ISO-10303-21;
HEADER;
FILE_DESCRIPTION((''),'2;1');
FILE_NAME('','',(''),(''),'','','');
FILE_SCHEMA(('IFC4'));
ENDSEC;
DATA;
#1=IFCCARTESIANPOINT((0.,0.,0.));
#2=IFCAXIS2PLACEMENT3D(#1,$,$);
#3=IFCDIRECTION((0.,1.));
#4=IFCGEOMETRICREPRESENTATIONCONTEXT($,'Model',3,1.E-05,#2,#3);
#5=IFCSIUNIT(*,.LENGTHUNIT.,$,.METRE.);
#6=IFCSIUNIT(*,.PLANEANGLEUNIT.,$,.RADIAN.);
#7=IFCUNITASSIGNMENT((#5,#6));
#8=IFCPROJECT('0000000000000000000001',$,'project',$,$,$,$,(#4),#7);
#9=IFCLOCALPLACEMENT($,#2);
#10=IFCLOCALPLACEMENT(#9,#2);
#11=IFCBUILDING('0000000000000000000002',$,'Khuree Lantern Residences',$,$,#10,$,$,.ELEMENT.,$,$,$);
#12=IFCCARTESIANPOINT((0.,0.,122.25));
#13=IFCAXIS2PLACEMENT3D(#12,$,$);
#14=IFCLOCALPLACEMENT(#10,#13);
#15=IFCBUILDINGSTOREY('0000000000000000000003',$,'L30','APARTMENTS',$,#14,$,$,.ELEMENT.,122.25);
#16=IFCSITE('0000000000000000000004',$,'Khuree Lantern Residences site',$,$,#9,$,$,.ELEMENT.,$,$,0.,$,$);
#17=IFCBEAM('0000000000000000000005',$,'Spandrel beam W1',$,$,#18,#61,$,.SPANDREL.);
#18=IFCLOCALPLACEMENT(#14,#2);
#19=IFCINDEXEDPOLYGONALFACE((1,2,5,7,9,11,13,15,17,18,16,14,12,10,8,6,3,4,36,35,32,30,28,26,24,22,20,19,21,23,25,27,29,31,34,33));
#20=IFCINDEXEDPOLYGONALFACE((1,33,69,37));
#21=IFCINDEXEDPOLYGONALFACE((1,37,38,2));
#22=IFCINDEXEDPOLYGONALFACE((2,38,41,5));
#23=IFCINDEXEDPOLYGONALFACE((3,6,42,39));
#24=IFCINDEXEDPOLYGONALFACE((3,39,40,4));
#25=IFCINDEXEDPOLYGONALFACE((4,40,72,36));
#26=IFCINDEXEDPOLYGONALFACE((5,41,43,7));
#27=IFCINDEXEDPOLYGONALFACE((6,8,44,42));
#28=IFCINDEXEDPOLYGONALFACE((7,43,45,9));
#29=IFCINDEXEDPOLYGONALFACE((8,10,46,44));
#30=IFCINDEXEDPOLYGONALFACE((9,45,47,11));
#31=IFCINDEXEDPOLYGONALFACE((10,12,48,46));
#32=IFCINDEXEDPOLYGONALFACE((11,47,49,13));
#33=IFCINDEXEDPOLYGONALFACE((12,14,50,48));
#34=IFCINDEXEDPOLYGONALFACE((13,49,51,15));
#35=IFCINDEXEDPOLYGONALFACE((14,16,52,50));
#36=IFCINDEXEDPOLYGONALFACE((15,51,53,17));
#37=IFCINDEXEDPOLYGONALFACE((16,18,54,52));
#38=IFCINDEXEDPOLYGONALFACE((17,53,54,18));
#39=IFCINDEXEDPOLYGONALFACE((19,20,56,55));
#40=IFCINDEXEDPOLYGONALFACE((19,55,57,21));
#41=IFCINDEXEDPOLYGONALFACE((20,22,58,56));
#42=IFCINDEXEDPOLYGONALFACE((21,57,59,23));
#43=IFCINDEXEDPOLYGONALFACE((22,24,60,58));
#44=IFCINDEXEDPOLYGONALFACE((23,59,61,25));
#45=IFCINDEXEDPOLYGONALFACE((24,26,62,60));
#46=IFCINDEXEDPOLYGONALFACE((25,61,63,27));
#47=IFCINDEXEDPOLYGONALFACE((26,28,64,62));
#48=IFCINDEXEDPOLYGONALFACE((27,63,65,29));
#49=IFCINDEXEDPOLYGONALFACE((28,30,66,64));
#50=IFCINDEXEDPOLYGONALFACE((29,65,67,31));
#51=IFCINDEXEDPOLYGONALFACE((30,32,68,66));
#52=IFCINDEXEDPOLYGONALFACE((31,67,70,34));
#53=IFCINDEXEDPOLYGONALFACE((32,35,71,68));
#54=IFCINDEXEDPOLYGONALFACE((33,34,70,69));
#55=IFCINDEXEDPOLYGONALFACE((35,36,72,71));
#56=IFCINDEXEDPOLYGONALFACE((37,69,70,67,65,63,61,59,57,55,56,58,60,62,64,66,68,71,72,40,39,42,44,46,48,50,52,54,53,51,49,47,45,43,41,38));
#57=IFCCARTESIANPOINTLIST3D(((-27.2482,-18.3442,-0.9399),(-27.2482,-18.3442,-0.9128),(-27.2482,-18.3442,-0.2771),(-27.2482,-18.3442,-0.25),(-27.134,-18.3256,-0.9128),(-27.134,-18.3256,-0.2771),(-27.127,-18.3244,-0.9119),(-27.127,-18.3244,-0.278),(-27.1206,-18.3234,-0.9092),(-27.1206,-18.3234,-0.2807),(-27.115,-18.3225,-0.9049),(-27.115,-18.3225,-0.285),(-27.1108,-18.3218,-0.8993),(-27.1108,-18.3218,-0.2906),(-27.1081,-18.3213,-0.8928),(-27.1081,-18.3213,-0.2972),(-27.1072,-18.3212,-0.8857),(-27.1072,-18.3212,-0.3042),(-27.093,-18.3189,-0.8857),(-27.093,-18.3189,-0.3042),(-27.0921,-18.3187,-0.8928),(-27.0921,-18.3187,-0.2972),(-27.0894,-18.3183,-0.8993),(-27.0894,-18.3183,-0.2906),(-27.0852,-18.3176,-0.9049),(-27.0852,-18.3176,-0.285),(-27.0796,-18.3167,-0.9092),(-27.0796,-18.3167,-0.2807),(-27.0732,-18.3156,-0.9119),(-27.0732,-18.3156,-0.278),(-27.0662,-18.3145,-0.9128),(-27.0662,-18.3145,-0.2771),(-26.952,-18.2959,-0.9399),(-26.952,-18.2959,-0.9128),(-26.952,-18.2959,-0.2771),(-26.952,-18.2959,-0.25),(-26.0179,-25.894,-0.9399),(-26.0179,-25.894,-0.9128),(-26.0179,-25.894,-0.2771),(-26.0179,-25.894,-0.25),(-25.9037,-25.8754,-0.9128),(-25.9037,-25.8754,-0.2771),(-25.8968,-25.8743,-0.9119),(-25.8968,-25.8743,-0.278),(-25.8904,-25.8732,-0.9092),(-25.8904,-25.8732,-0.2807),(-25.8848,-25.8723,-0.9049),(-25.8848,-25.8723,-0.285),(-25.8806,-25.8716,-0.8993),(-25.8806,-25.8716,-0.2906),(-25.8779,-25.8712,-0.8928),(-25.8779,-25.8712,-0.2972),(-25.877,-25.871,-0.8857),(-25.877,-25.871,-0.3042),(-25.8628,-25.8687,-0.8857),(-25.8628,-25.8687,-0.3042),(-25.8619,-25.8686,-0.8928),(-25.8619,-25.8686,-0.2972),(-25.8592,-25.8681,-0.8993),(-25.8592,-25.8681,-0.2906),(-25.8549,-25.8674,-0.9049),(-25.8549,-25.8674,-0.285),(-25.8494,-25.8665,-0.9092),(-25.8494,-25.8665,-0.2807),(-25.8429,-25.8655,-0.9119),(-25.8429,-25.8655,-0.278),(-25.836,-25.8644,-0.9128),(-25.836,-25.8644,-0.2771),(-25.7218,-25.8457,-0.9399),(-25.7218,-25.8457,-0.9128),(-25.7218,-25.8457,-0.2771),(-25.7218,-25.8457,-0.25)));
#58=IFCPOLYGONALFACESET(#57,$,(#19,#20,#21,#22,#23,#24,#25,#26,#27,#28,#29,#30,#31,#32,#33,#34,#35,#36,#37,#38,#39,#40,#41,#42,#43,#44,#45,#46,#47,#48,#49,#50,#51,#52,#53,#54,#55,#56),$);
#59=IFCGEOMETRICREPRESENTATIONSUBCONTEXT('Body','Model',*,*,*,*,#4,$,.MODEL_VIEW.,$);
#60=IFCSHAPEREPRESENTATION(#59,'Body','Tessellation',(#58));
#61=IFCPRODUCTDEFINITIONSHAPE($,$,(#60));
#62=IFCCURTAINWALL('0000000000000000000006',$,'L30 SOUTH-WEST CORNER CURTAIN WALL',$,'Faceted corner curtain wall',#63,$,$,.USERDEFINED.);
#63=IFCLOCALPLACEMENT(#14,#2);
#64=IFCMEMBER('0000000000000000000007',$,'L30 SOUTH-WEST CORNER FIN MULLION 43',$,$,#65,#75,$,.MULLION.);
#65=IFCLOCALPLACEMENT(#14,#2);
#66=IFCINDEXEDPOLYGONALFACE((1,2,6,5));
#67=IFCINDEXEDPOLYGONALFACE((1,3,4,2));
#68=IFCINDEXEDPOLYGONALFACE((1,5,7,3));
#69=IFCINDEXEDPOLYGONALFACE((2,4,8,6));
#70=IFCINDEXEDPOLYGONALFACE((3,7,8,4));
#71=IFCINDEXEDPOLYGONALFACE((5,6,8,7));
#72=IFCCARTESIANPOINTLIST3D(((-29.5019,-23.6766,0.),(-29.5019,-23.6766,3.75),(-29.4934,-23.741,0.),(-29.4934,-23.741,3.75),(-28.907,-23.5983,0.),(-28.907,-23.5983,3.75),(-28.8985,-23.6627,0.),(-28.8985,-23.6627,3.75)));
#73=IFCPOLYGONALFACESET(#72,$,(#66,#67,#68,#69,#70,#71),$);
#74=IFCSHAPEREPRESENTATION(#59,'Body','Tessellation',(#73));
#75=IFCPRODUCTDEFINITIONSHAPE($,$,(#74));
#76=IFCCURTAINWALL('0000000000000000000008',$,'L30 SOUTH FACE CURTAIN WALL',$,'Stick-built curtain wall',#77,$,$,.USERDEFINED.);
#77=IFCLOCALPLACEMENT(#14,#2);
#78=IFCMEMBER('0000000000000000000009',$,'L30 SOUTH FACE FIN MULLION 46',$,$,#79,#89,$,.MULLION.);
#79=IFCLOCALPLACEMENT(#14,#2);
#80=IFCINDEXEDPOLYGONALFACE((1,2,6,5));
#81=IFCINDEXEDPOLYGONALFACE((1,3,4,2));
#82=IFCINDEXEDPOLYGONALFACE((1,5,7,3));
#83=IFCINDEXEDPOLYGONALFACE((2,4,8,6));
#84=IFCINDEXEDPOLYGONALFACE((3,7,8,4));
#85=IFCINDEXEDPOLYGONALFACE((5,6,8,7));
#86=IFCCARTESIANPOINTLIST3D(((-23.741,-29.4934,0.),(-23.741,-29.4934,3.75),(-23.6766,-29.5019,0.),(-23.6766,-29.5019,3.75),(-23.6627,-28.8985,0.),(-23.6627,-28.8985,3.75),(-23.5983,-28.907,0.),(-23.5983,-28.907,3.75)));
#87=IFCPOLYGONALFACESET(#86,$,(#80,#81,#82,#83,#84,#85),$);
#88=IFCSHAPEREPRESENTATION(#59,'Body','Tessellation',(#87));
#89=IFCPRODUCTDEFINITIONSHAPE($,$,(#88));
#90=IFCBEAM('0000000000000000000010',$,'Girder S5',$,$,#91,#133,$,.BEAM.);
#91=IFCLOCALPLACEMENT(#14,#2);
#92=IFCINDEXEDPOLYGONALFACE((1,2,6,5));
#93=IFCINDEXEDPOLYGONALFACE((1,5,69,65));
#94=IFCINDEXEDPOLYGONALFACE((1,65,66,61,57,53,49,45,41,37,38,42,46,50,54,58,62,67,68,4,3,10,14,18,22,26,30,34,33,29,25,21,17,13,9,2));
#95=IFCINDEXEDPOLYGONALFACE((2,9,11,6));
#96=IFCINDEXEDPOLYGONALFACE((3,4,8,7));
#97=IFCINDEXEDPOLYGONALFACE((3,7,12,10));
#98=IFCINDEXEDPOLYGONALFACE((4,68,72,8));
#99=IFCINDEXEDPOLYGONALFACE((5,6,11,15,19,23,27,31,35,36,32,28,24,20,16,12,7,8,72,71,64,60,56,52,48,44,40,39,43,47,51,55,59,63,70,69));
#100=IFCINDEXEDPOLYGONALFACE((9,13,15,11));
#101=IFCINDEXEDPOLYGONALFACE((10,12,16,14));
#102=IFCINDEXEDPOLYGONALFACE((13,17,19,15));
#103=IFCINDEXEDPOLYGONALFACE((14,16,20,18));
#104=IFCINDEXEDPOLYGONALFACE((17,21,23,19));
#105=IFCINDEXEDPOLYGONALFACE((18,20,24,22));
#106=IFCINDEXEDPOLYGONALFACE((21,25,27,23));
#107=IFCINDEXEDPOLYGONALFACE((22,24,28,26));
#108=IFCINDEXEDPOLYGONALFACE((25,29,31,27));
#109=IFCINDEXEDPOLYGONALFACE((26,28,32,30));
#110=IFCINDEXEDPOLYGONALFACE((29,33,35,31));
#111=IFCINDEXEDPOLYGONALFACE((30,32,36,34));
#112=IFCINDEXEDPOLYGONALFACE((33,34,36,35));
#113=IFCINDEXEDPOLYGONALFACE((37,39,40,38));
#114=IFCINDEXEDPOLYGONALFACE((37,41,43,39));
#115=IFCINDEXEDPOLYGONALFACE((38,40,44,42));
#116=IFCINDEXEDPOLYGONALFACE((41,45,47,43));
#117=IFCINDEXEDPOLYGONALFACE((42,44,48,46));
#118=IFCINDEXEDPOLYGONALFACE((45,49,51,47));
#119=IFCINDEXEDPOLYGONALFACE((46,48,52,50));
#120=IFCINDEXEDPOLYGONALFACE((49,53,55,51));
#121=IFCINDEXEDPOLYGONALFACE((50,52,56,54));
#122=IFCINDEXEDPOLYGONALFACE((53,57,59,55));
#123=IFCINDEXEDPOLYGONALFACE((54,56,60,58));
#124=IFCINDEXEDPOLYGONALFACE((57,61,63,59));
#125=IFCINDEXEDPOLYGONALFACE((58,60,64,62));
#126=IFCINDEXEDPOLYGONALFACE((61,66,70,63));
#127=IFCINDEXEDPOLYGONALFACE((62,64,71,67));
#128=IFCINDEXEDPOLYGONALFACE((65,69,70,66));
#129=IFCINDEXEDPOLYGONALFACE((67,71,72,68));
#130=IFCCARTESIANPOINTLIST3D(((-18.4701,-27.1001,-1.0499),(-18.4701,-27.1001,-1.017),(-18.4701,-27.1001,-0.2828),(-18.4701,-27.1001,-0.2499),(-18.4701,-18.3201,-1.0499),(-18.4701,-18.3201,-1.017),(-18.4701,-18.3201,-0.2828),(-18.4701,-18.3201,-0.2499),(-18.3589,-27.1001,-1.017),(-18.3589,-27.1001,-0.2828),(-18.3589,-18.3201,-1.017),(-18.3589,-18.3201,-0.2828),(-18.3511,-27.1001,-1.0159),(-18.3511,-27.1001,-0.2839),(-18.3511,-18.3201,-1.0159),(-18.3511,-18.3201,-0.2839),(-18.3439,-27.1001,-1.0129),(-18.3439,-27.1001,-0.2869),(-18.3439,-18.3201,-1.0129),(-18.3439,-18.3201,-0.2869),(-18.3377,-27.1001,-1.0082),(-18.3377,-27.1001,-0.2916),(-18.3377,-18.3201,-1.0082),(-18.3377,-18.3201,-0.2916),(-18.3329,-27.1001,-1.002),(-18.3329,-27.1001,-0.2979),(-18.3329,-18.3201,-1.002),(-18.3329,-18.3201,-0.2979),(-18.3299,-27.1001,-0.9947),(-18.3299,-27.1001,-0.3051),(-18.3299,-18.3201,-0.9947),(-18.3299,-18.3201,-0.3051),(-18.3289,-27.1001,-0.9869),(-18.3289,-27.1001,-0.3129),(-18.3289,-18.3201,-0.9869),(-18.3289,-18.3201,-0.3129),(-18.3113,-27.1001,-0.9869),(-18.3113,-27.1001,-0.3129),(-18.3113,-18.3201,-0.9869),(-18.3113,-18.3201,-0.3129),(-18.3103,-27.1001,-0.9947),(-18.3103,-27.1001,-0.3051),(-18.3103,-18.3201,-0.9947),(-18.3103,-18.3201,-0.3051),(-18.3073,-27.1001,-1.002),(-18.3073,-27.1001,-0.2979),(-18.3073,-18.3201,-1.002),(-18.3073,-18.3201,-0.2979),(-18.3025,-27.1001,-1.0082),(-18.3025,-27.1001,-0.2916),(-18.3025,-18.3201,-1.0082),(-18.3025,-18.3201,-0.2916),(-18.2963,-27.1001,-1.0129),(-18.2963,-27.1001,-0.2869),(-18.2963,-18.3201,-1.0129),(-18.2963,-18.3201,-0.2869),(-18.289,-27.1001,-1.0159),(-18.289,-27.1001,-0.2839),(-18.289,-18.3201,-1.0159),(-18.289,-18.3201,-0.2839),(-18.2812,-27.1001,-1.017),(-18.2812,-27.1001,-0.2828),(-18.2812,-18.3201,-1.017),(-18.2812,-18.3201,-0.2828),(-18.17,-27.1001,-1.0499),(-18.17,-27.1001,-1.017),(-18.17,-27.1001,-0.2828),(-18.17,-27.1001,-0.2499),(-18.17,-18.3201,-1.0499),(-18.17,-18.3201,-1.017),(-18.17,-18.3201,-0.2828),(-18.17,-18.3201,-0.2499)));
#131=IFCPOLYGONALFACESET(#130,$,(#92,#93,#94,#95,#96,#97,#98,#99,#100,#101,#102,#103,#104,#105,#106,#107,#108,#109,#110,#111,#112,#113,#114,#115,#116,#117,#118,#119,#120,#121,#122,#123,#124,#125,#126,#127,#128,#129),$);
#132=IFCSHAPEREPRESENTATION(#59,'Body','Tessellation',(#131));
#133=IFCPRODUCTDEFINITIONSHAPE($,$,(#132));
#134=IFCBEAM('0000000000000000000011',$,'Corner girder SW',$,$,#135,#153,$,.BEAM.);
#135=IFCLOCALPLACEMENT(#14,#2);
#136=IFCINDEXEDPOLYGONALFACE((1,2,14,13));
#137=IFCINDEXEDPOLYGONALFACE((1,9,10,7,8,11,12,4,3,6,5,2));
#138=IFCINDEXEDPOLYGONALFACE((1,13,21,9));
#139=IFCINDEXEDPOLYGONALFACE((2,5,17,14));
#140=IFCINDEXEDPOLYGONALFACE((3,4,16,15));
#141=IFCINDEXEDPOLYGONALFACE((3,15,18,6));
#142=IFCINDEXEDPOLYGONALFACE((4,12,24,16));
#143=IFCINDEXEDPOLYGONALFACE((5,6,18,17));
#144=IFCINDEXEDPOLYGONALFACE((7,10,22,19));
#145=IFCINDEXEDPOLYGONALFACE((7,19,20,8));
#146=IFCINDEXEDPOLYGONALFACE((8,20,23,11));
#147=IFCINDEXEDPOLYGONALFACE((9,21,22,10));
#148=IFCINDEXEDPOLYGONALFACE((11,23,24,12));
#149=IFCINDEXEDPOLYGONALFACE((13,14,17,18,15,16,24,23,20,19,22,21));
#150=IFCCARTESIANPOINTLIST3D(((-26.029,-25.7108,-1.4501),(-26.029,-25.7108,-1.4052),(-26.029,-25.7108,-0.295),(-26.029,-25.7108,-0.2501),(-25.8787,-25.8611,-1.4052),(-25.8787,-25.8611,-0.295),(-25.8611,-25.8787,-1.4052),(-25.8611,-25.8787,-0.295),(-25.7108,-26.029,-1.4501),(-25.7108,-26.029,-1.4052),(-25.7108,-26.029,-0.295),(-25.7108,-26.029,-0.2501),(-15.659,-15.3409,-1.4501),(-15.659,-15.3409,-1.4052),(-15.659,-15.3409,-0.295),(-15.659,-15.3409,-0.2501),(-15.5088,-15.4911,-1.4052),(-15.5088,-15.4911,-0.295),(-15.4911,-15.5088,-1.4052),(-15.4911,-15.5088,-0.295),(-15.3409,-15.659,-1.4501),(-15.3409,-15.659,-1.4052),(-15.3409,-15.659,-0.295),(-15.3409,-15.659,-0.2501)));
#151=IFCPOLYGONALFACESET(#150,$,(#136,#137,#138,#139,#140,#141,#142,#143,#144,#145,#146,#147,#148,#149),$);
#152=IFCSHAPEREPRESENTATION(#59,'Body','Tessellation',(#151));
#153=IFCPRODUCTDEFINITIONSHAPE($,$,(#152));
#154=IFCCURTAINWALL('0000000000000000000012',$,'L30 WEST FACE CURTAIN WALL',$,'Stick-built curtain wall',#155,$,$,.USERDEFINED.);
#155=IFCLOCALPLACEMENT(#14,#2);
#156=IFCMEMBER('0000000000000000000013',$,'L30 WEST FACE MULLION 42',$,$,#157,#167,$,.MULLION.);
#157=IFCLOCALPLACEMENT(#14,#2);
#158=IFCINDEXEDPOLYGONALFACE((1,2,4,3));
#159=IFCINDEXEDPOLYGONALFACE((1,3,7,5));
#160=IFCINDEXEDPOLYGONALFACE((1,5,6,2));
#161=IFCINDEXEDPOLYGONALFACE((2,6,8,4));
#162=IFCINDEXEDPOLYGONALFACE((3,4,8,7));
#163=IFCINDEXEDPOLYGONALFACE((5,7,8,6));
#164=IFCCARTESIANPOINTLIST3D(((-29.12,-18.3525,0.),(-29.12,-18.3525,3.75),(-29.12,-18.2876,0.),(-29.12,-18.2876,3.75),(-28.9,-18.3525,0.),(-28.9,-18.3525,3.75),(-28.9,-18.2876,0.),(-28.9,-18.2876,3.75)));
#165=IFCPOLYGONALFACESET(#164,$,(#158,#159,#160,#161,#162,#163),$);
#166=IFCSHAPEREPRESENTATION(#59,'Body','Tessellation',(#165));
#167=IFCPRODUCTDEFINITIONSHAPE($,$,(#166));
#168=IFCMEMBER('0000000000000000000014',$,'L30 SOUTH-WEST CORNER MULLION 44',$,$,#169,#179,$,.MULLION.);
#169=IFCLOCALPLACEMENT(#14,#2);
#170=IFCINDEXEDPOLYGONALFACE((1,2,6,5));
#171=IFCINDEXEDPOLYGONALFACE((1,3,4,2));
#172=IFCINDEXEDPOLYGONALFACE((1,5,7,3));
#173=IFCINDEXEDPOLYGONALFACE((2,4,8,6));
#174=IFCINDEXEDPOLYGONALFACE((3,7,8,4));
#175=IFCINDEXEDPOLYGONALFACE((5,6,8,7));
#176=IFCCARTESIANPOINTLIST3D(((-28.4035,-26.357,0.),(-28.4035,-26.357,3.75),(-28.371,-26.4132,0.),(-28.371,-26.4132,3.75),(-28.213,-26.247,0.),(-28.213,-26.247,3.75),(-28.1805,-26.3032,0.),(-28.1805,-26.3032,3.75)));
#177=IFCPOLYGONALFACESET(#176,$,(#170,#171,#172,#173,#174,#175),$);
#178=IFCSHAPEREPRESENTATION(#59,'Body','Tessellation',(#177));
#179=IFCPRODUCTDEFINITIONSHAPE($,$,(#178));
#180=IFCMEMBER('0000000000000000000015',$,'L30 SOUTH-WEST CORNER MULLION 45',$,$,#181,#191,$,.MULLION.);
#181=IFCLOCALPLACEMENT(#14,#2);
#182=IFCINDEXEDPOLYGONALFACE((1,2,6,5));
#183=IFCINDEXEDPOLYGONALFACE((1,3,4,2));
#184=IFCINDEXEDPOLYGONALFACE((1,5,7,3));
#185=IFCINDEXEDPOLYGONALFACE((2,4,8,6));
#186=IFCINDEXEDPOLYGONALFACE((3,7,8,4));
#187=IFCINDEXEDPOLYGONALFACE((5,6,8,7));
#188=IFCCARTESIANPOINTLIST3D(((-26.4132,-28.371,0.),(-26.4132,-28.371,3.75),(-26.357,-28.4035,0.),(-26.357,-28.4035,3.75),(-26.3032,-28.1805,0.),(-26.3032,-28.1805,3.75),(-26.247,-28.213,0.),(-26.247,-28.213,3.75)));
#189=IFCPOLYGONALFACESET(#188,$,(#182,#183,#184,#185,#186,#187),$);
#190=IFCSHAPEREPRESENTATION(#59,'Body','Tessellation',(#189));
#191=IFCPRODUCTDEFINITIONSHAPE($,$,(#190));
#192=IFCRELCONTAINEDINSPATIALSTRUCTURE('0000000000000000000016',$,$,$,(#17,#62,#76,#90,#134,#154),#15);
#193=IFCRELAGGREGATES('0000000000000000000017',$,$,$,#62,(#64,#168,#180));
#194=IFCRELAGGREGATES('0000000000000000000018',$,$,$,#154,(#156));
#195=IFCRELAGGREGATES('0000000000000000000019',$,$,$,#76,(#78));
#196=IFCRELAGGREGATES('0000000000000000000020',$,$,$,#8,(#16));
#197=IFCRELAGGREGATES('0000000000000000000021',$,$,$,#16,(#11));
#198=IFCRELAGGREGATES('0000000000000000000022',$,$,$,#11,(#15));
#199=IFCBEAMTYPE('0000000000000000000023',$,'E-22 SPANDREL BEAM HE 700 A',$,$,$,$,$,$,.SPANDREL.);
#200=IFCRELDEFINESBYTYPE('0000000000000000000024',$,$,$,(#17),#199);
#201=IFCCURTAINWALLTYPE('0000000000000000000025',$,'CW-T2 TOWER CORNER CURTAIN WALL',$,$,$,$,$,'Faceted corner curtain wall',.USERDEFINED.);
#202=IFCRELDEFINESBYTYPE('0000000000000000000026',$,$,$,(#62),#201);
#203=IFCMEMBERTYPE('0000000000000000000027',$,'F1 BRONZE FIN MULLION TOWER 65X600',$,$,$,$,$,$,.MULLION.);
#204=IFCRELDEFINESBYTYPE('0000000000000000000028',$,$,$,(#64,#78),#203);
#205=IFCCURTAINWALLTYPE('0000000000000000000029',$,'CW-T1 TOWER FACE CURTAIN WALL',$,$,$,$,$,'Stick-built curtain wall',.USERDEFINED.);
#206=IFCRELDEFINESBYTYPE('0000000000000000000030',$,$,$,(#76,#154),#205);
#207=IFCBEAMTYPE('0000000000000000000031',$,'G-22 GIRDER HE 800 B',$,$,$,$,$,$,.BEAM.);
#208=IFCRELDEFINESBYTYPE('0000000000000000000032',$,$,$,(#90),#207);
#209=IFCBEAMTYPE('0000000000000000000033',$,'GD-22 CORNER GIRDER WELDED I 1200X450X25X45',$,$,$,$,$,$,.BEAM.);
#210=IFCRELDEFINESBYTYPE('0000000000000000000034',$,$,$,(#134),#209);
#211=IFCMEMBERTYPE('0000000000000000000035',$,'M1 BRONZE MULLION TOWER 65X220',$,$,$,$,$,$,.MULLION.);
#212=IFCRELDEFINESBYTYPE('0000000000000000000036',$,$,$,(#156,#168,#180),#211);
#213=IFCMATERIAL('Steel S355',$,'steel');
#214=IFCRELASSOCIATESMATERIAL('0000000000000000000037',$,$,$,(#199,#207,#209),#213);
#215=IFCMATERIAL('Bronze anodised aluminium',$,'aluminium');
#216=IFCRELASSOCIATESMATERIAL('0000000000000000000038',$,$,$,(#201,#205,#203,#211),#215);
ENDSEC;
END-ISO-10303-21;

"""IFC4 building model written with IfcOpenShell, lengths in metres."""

from ifc_helpers import new_model, si_unit, direction, frame, origin, origin_2d, place, context, subcontext, project, spatial, rectangle, i_section, extrude, material, material_profile, profile_set, type_object, element, aggregate, save


model = new_model("IFC4")

# Units and contexts
model_context = context("Model", 3, precision=1e-05, world=origin(), true_north=direction((0.0, 1.0)))
body_context = subcontext(model_context, "Body", "Model", "MODEL_VIEW")
ifc_project = project(units=[si_unit("LENGTHUNIT", "METRE"), si_unit("PLANEANGLEUNIT", "RADIAN")], contexts=[model_context])

# Site, building, storey
site_placement = place(None, origin())
site = spatial("IfcSite", under=ifc_project, at=site_placement, Name="Khuree Lantern Residences site", CompositionType="ELEMENT", RefElevation=0.0)
building_placement = place(site_placement, origin())
building = spatial("IfcBuilding", under=site, at=building_placement, Name="Khuree Lantern Residences", CompositionType="ELEMENT")
storey_placement = place(building_placement, frame((0.0, 0.0, 122.25)))
storey = spatial("IfcBuildingStorey", under=building, at=storey_placement, Name="L30", Description="APARTMENTS", CompositionType="ELEMENT", Elevation=122.25)

# Beam
ifc_material_1 = material(Name="Steel S355", Category="steel")
ifc_material_profile_1 = material_profile(ifc_material_1, i_section(OverallWidth=0.3, OverallDepth=0.6899, WebThickness=0.0144, FlangeThickness=0.0271, FilletRadius=0.0271, at=origin_2d()), Name="HE 700 A")
ifc_profile_set_1 = profile_set([ifc_material_profile_1], Name="Steel S355")
beam_type_1 = type_object("IfcBeamType", Name="E-22 SPANDREL BEAM HE 700 A", PredefinedType="SPANDREL", material=ifc_profile_set_1)
for number, where, z_axis, x_axis, name in (
    (1, (-25.8699, -25.8699, -0.595), (-0.160827, 0.986983, 0.0), (-0.986983, -0.160827, 0.0), "Spandrel beam W1"),
):
    element("IfcBeam", number, at=place(storey_placement, frame(where, z_axis=z_axis, x_axis=x_axis)), inside=storey, type_object=beam_type_1, Name=name, PredefinedType="SPANDREL", context=body_context, shape_type="SweptSolid", body=[
        extrude(i_section(OverallWidth=0.3, OverallDepth=0.6899, WebThickness=0.0144, FlangeThickness=0.0271, FilletRadius=0.0271, at=origin_2d()), origin(), (0.0, 0.0, 1.0), 7.6494),
    ])

# Curtain walls, members
ifc_material_2 = material(Name="Bronze anodised aluminium", Category="aluminium")
curtain_wall_type_1 = type_object("IfcCurtainWallType", Name="CW-T2 TOWER CORNER CURTAIN WALL", ElementType="Faceted corner curtain wall", PredefinedType="USERDEFINED", material=ifc_material_2)
curtain_wall_1_placement = place(storey_placement, origin())
curtain_wall_1 = element("IfcCurtainWall", 2, at=curtain_wall_1_placement, inside=storey, type_object=curtain_wall_type_1, Name="L30 SOUTH-WEST CORNER CURTAIN WALL", ObjectType="Faceted corner curtain wall", PredefinedType="USERDEFINED")
ifc_material_profile_2 = material_profile(ifc_material_2, rectangle(XDim=0.0649, YDim=0.6001, at=origin_2d()), Name="F1 65X600")
ifc_profile_set_2 = profile_set([ifc_material_profile_2], Name="Bronze anodised aluminium")
member_type_1 = type_object("IfcMemberType", Name="F1 BRONZE FIN MULLION TOWER 65X600", PredefinedType="MULLION", material=ifc_profile_set_2)
member_1_placement = place(storey_placement, frame((-29.2002, -23.6697, 0.0), z_axis=(0.0, 0.0, 1.0), x_axis=(0.130526, -0.991445, 0.0)))
member_1 = element("IfcMember", 3, at=member_1_placement, type_object=member_type_1, Name="L30 SOUTH-WEST CORNER FIN MULLION 43", PredefinedType="MULLION", context=body_context, shape_type="SweptSolid", body=[
    extrude(rectangle(XDim=0.0649, YDim=0.6001, at=origin_2d()), origin(), (0.0, 0.0, 1.0), 3.75),
])
curtain_wall_type_2 = type_object("IfcCurtainWallType", Name="CW-T1 TOWER FACE CURTAIN WALL", ElementType="Stick-built curtain wall", PredefinedType="USERDEFINED", material=ifc_material_2)
curtain_wall_2_placement = place(storey_placement, origin())
curtain_wall_2 = element("IfcCurtainWall", 4, at=curtain_wall_2_placement, inside=storey, type_object=curtain_wall_type_2, Name="L30 SOUTH FACE CURTAIN WALL", ObjectType="Stick-built curtain wall", PredefinedType="USERDEFINED")
member_2_placement = place(storey_placement, frame((-23.6697, -29.2002, 0.0), z_axis=(0.0, 0.0, 1.0), x_axis=(0.991445, -0.130526, 0.0)))
member_2 = element("IfcMember", 5, at=member_2_placement, type_object=member_type_1, Name="L30 SOUTH FACE FIN MULLION 46", PredefinedType="MULLION", context=body_context, shape_type="SweptSolid", body=[
    extrude(rectangle(XDim=0.0649, YDim=0.6001, at=origin_2d()), origin(), (0.0, 0.0, 1.0), 3.75),
])

# Beams
ifc_material_profile_3 = material_profile(ifc_material_1, i_section(OverallWidth=0.3, OverallDepth=0.8, WebThickness=0.0176, FlangeThickness=0.033, FilletRadius=0.03, at=origin_2d()), Name="HE 800 B")
ifc_profile_set_3 = profile_set([ifc_material_profile_3], Name="Steel S355")
beam_type_2 = type_object("IfcBeamType", Name="G-22 GIRDER HE 800 B", PredefinedType="BEAM", material=ifc_profile_set_3)
beam_1_placement = place(storey_placement, frame((-18.3201, -27.1001, -0.6499), z_axis=(0.0, 1.0, 0.0), x_axis=(-1.0, 0.0, 0.0)))
element("IfcBeam", 6, at=beam_1_placement, inside=storey, type_object=beam_type_2, Name="Girder S5", PredefinedType="BEAM", context=body_context, shape_type="SweptSolid", body=[
    extrude(i_section(OverallWidth=0.3, OverallDepth=0.8, WebThickness=0.0176, FlangeThickness=0.033, FilletRadius=0.03, at=origin_2d()), origin(), (0.0, 0.0, 1.0), 8.78),
])
ifc_material_profile_4 = material_profile(ifc_material_1, i_section(OverallWidth=0.45, OverallDepth=1.2, WebThickness=0.0249, FlangeThickness=0.0449, at=origin_2d()), Name="WELDED I 1200X450X25X45")
ifc_profile_set_4 = profile_set([ifc_material_profile_4], Name="Steel S355")
beam_type_3 = type_object("IfcBeamType", Name="GD-22 CORNER GIRDER WELDED I 1200X450X25X45", PredefinedType="BEAM", material=ifc_profile_set_4)
beam_2_placement = place(storey_placement, frame((-25.8699, -25.8699, -0.8501), z_axis=(0.707107, 0.707107, 0.0), x_axis=(-0.707107, 0.707107, 0.0)))
element("IfcBeam", 7, at=beam_2_placement, inside=storey, type_object=beam_type_3, Name="Corner girder SW", PredefinedType="BEAM", context=body_context, shape_type="SweptSolid", body=[
    extrude(i_section(OverallWidth=0.45, OverallDepth=1.2, WebThickness=0.0249, FlangeThickness=0.0449, at=origin_2d()), origin(), (0.0, 0.0, 1.0), 14.6653),
])

# Curtain wall, member
curtain_wall_3_placement = place(storey_placement, origin())
curtain_wall_3 = element("IfcCurtainWall", 8, at=curtain_wall_3_placement, inside=storey, type_object=curtain_wall_type_2, Name="L30 WEST FACE CURTAIN WALL", ObjectType="Stick-built curtain wall", PredefinedType="USERDEFINED")
ifc_material_profile_5 = material_profile(ifc_material_2, rectangle(XDim=0.0649, YDim=0.22, at=origin_2d()), Name="M1 65X220")
ifc_profile_set_5 = profile_set([ifc_material_profile_5], Name="Bronze anodised aluminium")
member_type_2 = type_object("IfcMemberType", Name="M1 BRONZE MULLION TOWER 65X220", PredefinedType="MULLION", material=ifc_profile_set_5)
member_3_placement = place(storey_placement, frame((-29.01, -18.3201, 0.0), z_axis=(0.0, 0.0, 1.0), x_axis=(0.0, -1.0, 0.0)))
member_3 = element("IfcMember", 9, at=member_3_placement, type_object=member_type_2, Name="L30 WEST FACE MULLION 42", PredefinedType="MULLION", context=body_context, shape_type="SweptSolid", body=[
    extrude(rectangle(XDim=0.0649, YDim=0.22, at=origin_2d()), origin(), (0.0, 0.0, 1.0), 3.75),
])

# Members
member_4_placement = place(storey_placement, frame((-28.292, -26.3301, 0.0), z_axis=(0.0, 0.0, 1.0), x_axis=(0.5, -0.866025, 0.0)))
member_4 = element("IfcMember", 10, at=member_4_placement, type_object=member_type_2, Name="L30 SOUTH-WEST CORNER MULLION 44", PredefinedType="MULLION", context=body_context, shape_type="SweptSolid", body=[
    extrude(rectangle(XDim=0.0649, YDim=0.22, at=origin_2d()), origin(), (0.0, 0.0, 1.0), 3.75),
])
member_5_placement = place(storey_placement, frame((-26.3301, -28.292, 0.0), z_axis=(0.0, 0.0, 1.0), x_axis=(0.866025, -0.5, 0.0)))
member_5 = element("IfcMember", 11, at=member_5_placement, type_object=member_type_2, Name="L30 SOUTH-WEST CORNER MULLION 45", PredefinedType="MULLION", context=body_context, shape_type="SweptSolid", body=[
    extrude(rectangle(XDim=0.0649, YDim=0.22, at=origin_2d()), origin(), (0.0, 0.0, 1.0), 3.75),
])

aggregate(curtain_wall_1, [member_1, member_4, member_5])
aggregate(curtain_wall_3, [member_3])
aggregate(curtain_wall_2, [member_2])

save(model, "model.ifc")
